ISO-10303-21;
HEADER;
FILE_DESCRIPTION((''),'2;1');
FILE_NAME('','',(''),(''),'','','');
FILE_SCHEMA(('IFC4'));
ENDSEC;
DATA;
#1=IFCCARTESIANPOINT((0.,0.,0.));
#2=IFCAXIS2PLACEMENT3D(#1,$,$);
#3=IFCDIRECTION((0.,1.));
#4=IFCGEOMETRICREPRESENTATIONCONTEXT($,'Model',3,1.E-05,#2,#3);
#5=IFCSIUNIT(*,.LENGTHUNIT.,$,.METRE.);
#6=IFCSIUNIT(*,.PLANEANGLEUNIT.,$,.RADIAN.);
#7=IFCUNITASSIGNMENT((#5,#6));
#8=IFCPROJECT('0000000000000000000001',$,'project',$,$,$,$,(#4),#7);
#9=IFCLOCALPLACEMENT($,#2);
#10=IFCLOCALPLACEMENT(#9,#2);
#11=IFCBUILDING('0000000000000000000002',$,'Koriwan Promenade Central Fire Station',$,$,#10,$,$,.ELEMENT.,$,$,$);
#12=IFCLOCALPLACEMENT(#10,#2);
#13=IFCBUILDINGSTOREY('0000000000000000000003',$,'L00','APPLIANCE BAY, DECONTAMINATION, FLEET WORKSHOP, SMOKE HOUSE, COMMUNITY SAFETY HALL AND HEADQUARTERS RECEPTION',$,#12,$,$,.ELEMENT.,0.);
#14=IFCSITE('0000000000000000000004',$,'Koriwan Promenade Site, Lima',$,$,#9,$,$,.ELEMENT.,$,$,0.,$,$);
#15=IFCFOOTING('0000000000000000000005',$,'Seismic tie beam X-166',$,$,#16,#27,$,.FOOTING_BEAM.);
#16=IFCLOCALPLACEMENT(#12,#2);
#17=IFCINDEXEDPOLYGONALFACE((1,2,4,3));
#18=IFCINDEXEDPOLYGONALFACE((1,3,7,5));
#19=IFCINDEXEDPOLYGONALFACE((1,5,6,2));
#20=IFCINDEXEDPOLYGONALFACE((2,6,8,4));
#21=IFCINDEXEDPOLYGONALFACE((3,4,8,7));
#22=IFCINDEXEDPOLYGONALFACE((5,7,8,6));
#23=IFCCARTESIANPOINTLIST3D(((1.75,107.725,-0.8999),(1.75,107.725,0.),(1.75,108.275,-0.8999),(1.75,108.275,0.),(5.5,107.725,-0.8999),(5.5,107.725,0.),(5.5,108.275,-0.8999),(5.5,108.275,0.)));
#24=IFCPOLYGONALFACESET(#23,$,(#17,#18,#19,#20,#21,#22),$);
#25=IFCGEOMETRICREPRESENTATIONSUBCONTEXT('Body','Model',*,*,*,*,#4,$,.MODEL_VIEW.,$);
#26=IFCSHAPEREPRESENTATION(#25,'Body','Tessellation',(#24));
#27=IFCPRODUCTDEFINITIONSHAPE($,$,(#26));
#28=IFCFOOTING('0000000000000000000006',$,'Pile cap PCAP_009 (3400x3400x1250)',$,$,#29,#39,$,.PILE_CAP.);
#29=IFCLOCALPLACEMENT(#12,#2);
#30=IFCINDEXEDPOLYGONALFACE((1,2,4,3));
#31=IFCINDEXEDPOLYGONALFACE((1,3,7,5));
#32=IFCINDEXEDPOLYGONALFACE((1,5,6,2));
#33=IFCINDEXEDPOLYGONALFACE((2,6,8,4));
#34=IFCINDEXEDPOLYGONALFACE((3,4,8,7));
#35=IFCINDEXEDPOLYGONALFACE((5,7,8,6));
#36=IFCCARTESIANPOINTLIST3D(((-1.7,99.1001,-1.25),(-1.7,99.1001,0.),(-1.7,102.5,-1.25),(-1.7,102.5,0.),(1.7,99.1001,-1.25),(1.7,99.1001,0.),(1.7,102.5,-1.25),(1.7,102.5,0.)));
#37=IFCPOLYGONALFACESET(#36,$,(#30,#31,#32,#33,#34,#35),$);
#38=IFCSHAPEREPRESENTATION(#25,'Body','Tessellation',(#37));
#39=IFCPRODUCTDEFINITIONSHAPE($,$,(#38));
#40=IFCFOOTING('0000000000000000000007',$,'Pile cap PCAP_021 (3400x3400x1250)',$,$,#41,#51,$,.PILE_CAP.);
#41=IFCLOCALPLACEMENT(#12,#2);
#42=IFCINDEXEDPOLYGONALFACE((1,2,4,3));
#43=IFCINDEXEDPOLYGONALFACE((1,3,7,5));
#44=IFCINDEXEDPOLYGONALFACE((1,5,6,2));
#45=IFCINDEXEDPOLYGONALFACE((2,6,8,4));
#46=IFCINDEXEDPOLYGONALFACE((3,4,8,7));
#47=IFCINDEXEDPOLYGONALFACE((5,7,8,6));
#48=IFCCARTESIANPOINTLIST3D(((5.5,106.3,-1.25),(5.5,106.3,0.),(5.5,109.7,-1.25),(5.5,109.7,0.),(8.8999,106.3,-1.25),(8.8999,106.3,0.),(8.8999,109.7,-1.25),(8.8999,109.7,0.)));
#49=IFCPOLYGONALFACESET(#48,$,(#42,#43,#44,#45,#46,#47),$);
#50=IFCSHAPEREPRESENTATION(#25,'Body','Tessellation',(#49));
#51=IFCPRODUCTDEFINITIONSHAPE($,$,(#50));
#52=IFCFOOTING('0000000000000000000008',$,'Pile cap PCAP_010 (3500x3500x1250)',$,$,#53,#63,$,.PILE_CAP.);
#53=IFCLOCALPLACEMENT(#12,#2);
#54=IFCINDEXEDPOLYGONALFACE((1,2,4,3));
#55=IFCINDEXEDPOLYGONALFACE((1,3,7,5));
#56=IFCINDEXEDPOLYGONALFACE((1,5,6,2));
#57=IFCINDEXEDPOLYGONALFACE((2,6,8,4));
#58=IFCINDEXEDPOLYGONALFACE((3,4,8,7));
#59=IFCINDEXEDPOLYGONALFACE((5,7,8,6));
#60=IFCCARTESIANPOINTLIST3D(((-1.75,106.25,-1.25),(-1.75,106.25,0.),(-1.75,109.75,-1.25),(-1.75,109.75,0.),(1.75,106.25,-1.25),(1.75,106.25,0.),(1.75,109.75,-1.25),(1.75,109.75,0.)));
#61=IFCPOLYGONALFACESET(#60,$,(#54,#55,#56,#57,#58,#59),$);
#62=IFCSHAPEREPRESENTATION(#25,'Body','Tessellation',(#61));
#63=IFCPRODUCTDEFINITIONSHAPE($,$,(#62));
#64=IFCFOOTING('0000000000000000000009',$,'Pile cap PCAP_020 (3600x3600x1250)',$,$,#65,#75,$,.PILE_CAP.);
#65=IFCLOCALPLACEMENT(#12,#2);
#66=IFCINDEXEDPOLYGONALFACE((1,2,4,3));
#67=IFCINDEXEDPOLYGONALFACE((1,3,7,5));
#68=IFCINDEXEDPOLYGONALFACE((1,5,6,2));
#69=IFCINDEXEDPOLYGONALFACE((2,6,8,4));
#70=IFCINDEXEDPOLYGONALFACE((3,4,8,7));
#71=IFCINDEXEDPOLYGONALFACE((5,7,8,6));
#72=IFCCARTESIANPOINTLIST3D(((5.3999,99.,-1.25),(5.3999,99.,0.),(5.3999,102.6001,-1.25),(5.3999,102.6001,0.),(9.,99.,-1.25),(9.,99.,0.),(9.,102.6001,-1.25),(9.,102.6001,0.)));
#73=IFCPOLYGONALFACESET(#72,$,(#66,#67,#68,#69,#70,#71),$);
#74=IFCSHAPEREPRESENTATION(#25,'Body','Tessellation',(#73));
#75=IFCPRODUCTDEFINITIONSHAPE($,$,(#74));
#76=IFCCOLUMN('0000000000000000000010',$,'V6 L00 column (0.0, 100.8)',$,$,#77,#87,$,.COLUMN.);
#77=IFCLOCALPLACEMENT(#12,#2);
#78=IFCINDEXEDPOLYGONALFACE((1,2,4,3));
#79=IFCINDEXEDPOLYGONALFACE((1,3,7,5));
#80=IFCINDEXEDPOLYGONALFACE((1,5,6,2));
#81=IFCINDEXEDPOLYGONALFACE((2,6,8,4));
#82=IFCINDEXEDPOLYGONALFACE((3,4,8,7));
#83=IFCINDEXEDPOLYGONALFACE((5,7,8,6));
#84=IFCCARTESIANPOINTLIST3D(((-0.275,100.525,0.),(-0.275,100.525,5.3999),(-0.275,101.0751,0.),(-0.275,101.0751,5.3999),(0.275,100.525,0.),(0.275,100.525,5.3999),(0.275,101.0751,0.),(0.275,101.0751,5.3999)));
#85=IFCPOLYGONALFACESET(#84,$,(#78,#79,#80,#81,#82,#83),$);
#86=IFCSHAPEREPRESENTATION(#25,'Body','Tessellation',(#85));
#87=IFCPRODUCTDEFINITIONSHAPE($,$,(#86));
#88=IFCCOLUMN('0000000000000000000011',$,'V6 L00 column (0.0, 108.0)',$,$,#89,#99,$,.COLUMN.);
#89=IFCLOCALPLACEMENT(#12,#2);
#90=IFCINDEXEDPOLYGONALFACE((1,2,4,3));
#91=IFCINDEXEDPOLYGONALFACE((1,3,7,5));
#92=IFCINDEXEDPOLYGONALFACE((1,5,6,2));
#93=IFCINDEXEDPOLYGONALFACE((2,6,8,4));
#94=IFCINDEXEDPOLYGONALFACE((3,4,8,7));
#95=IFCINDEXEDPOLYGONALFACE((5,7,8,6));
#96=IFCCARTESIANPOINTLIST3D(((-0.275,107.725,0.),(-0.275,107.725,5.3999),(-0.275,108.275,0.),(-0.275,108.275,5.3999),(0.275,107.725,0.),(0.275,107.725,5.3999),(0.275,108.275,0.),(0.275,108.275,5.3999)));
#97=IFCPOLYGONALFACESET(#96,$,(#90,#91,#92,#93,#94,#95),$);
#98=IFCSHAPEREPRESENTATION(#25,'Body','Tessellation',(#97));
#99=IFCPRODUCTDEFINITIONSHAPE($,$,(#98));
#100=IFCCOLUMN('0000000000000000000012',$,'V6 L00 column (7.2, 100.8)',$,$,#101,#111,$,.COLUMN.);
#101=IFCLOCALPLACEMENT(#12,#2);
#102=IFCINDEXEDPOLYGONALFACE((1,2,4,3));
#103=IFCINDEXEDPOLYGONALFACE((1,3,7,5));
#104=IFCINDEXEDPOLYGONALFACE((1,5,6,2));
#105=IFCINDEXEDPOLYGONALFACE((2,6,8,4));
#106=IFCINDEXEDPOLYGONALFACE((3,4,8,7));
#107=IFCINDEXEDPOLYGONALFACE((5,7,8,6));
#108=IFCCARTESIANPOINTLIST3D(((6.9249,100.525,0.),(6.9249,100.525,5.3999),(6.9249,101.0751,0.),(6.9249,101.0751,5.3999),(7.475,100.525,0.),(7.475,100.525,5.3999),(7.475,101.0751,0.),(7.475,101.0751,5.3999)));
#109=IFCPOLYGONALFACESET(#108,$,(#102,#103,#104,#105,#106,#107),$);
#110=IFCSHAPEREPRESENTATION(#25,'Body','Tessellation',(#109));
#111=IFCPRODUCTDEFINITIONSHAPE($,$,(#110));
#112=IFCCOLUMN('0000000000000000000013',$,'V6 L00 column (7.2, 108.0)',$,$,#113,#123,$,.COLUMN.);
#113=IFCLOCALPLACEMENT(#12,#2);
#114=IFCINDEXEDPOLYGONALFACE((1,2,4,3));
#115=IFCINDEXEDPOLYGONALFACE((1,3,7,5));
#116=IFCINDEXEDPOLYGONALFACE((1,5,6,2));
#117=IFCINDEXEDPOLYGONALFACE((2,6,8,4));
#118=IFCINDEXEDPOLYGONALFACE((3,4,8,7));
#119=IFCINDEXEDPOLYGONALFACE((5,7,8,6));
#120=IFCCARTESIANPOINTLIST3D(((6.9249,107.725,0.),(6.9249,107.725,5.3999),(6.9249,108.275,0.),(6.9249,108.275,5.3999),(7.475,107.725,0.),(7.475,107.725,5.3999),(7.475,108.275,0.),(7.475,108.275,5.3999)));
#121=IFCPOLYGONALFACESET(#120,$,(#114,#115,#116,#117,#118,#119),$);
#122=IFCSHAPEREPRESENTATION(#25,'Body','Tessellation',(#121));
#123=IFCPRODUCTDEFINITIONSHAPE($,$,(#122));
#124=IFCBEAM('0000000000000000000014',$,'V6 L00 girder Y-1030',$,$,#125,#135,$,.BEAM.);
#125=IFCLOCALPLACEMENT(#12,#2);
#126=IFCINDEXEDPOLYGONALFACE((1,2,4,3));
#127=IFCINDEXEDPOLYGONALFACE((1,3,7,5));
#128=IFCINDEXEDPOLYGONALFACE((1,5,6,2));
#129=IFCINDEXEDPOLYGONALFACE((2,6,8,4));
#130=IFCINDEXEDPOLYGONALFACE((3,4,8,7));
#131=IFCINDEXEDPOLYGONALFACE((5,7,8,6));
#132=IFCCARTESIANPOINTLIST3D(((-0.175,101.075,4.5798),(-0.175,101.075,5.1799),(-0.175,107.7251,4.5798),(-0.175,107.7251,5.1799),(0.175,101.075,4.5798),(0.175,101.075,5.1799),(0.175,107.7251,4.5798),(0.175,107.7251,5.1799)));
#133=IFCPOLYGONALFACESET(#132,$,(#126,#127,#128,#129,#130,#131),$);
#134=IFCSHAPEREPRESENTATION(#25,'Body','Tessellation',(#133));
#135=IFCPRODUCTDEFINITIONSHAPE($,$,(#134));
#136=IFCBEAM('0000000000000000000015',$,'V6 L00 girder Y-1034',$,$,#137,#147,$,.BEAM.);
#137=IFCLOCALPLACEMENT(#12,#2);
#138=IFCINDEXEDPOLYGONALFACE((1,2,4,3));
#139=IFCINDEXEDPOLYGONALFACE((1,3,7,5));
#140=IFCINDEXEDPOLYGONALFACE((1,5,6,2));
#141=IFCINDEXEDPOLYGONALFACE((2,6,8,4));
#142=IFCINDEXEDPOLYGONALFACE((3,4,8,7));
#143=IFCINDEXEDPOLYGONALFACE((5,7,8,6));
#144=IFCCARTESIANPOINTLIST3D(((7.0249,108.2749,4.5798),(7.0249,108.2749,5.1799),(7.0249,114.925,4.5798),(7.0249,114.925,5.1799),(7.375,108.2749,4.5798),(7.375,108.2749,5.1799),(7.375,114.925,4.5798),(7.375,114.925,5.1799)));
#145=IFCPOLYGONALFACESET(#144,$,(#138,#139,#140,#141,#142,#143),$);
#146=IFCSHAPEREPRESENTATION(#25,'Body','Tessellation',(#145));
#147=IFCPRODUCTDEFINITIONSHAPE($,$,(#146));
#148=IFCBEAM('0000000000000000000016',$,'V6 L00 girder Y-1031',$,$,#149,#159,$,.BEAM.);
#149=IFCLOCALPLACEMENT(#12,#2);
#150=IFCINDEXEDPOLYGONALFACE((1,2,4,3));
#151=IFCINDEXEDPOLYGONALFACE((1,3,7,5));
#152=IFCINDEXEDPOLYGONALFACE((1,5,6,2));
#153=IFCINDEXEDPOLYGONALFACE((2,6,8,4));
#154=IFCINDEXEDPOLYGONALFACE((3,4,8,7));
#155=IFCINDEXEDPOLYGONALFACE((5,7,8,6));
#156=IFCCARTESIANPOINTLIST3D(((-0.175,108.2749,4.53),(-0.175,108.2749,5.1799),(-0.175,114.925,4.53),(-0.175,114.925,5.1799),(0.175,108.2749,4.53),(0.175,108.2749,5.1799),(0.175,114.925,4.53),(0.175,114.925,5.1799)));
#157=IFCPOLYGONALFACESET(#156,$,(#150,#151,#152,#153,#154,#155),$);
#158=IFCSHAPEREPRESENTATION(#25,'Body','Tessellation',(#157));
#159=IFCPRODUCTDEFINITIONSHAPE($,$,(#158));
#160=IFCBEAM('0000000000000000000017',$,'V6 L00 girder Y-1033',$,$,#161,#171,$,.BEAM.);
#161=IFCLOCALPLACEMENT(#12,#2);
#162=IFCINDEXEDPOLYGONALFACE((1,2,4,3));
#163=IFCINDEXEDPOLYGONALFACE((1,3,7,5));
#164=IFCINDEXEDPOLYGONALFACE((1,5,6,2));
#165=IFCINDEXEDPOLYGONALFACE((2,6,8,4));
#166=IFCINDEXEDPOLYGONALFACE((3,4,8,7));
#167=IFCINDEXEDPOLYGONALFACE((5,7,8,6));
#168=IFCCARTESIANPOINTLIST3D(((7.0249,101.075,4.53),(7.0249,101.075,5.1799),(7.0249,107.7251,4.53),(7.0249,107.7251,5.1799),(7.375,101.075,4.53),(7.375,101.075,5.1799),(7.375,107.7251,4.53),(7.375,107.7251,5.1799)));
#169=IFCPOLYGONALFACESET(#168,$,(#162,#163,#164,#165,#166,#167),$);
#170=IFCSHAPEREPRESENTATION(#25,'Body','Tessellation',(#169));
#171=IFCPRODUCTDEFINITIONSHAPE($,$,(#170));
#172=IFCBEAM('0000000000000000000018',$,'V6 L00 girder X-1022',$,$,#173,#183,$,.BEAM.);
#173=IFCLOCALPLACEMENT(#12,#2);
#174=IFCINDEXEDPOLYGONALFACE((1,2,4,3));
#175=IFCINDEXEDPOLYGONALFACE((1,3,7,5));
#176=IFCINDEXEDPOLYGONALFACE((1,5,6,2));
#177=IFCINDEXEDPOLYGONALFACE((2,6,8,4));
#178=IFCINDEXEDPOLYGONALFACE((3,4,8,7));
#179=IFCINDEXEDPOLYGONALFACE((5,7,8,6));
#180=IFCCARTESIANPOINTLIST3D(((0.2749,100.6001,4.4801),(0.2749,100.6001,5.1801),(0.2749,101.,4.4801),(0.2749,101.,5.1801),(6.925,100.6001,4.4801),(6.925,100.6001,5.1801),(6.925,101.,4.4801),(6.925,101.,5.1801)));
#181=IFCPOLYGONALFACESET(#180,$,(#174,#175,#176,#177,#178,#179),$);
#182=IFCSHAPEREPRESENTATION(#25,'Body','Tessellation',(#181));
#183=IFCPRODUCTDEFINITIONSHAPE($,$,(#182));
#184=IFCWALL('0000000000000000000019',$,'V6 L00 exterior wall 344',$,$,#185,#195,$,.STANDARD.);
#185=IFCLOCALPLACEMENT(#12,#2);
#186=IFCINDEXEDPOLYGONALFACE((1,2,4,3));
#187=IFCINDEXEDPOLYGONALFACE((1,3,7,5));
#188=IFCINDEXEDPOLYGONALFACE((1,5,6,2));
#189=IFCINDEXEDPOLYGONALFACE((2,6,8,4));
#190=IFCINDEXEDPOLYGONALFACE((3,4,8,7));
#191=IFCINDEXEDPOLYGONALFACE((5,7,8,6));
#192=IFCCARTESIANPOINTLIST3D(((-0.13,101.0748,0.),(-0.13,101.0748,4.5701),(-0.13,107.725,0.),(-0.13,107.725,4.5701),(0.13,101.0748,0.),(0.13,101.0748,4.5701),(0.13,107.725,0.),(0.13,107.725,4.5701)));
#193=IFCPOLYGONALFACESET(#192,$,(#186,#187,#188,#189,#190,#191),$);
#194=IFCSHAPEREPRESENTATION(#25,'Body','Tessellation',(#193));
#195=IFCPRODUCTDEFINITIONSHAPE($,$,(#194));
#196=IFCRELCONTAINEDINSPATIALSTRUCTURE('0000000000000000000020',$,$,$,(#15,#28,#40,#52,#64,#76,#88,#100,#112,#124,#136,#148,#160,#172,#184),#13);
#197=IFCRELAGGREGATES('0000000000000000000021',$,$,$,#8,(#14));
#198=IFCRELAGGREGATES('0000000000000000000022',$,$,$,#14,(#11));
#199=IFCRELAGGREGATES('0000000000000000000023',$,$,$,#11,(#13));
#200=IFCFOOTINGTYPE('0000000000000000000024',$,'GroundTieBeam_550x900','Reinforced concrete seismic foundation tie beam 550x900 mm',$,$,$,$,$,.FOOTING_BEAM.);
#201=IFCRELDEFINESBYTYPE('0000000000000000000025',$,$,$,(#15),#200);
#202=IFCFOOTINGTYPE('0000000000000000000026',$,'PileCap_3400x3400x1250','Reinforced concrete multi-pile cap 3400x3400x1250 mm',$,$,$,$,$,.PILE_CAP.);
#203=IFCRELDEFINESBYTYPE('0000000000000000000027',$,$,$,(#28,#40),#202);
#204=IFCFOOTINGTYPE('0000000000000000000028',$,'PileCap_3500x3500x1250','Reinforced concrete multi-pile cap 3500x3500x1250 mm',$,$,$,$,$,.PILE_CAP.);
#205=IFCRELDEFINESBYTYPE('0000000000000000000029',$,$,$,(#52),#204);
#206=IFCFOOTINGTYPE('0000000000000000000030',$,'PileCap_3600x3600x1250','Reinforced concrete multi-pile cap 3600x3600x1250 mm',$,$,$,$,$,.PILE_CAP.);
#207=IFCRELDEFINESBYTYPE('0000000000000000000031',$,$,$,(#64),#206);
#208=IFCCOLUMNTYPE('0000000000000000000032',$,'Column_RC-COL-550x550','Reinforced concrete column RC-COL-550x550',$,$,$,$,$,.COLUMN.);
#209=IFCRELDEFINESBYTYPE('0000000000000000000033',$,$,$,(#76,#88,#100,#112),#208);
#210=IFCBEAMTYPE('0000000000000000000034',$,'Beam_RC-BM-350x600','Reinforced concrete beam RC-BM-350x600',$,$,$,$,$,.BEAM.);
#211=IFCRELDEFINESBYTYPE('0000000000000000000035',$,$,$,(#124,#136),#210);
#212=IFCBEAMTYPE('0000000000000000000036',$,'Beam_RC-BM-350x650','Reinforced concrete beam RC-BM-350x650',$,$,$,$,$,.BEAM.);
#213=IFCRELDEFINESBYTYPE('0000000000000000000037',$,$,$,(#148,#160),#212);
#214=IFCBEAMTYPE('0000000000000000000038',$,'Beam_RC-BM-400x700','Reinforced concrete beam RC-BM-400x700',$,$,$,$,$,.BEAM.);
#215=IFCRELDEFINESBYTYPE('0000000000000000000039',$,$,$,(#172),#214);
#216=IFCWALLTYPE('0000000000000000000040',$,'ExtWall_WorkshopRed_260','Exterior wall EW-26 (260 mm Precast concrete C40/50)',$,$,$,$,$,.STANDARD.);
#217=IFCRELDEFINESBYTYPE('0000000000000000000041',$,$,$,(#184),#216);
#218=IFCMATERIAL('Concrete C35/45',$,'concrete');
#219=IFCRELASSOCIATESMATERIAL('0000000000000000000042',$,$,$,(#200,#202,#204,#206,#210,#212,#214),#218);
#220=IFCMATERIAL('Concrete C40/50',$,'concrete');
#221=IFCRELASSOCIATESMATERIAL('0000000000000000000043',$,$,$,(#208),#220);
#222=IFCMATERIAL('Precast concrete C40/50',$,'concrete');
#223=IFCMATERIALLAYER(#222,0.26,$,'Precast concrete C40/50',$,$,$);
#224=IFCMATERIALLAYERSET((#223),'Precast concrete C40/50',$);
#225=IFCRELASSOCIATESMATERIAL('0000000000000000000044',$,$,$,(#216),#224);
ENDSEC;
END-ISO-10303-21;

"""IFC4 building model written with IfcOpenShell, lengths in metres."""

from ifc_helpers import new_model, si_unit, direction, frame, frame_2d, origin, origin_2d, place, context, subcontext, project, spatial, rectangle, extrude, material, layer, layer_set, material_profile, profile_set, type_object, element, save


model = new_model("IFC4")

# Units and contexts
model_context = context("Model", 3, precision=1e-05, world=origin(), true_north=direction((0.0, 1.0)))
body_context = subcontext(model_context, "Body", "Model", "MODEL_VIEW")
ifc_project = project(units=[si_unit("LENGTHUNIT", "METRE"), si_unit("PLANEANGLEUNIT", "RADIAN")], contexts=[model_context])

# Site, building, storey
site_placement = place(None, origin())
site = spatial("IfcSite", under=ifc_project, at=site_placement, Name="Koriwan Promenade Site, Lima", CompositionType="ELEMENT", RefElevation=0.0)
building_placement = place(site_placement, origin())
building = spatial("IfcBuilding", under=site, at=building_placement, Name="Koriwan Promenade Central Fire Station", CompositionType="ELEMENT")
storey_placement = place(building_placement, origin())
storey = spatial("IfcBuildingStorey", under=building, at=storey_placement, Name="L00", Description="APPLIANCE BAY, DECONTAMINATION, FLEET WORKSHOP, SMOKE HOUSE, COMMUNITY SAFETY HALL AND HEADQUARTERS RECEPTION", CompositionType="ELEMENT", Elevation=0.0)

# Shared definitions
ifc_material_1 = material(Name="Concrete C35/45", Category="concrete")

# Footings
footing_type_1 = type_object("IfcFootingType", Name="GroundTieBeam_550x900", Description="Reinforced concrete seismic foundation tie beam 550x900 mm", PredefinedType="FOOTING_BEAM", material=ifc_material_1)
footing_1_placement = place(storey_placement, frame((3.625, 108.0, -0.8999), z_axis=(0.0, 0.0, 1.0), x_axis=(1.0, 0.0, 0.0)))
element("IfcFooting", 1, at=footing_1_placement, inside=storey, type_object=footing_type_1, Name="Seismic tie beam X-166", PredefinedType="FOOTING_BEAM", context=body_context, shape_type="SweptSolid", body=[
    extrude(rectangle(XDim=3.75, YDim=0.55, at=origin_2d()), origin(), (0.0, 0.0, 1.0), 0.8999),
])
footing_type_2 = type_object("IfcFootingType", Name="PileCap_3400x3400x1250", Description="Reinforced concrete multi-pile cap 3400x3400x1250 mm", PredefinedType="PILE_CAP", material=ifc_material_1)
for number, where, z_axis, x_axis, name in (
    (2, (0.0, 100.8, -1.25), (0.0, 0.0, 1.0), (1.0, 0.0, 0.0), "Pile cap PCAP_009 (3400x3400x1250)"),
    (3, (7.2, 108.0, -1.25), (0.0, 0.0, 1.0), (1.0, 0.0, 0.0), "Pile cap PCAP_021 (3400x3400x1250)"),
):
    element("IfcFooting", number, at=place(storey_placement, frame(where, z_axis=z_axis, x_axis=x_axis)), inside=storey, type_object=footing_type_2, Name=name, PredefinedType="PILE_CAP", context=body_context, shape_type="SweptSolid", body=[
        extrude(rectangle(XDim=3.3999, YDim=3.3999, at=origin_2d()), origin(), (0.0, 0.0, 1.0), 1.25),
    ])
footing_type_3 = type_object("IfcFootingType", Name="PileCap_3500x3500x1250", Description="Reinforced concrete multi-pile cap 3500x3500x1250 mm", PredefinedType="PILE_CAP", material=ifc_material_1)
footing_2_placement = place(storey_placement, frame((0.0, 108.0, -1.25), z_axis=(0.0, 0.0, 1.0), x_axis=(1.0, 0.0, 0.0)))
element("IfcFooting", 4, at=footing_2_placement, inside=storey, type_object=footing_type_3, Name="Pile cap PCAP_010 (3500x3500x1250)", PredefinedType="PILE_CAP", context=body_context, shape_type="SweptSolid", body=[
    extrude(rectangle(XDim=3.5, YDim=3.5, at=origin_2d()), origin(), (0.0, 0.0, 1.0), 1.25),
])
footing_type_4 = type_object("IfcFootingType", Name="PileCap_3600x3600x1250", Description="Reinforced concrete multi-pile cap 3600x3600x1250 mm", PredefinedType="PILE_CAP", material=ifc_material_1)
footing_3_placement = place(storey_placement, frame((7.2, 100.8, -1.25), z_axis=(0.0, 0.0, 1.0), x_axis=(1.0, 0.0, 0.0)))
element("IfcFooting", 5, at=footing_3_placement, inside=storey, type_object=footing_type_4, Name="Pile cap PCAP_020 (3600x3600x1250)", PredefinedType="PILE_CAP", context=body_context, shape_type="SweptSolid", body=[
    extrude(rectangle(XDim=3.6001, YDim=3.6001, at=origin_2d()), origin(), (0.0, 0.0, 1.0), 1.25),
])

# Columns
ifc_material_2 = material(Name="Concrete C40/50", Category="concrete")
ifc_material_profile_1 = material_profile(ifc_material_2, rectangle(XDim=0.55, YDim=0.55, at=origin_2d()), Name="RC-COL-550x550")
ifc_profile_set_1 = profile_set([ifc_material_profile_1], Name="Concrete C40/50")
column_type = type_object("IfcColumnType", Name="Column_RC-COL-550x550", Description="Reinforced concrete column RC-COL-550x550", PredefinedType="COLUMN", material=ifc_profile_set_1)
for number, where, z_axis, x_axis, name in (
    (6, (0.0, 100.8, 0.0), (0.0, 0.0, 1.0), (1.0, 0.0, 0.0), "V6 L00 column (0.0, 100.8)"),
    (7, (0.0, 108.0, 0.0), (0.0, 0.0, 1.0), (1.0, 0.0, 0.0), "V6 L00 column (0.0, 108.0)"),
    (8, (7.2, 100.8, 0.0), (0.0, 0.0, 1.0), (1.0, 0.0, 0.0), "V6 L00 column (7.2, 100.8)"),
    (9, (7.2, 108.0, 0.0), (0.0, 0.0, 1.0), (1.0, 0.0, 0.0), "V6 L00 column (7.2, 108.0)"),
):
    element("IfcColumn", number, at=place(storey_placement, frame(where, z_axis=z_axis, x_axis=x_axis)), inside=storey, type_object=column_type, Name=name, PredefinedType="COLUMN", context=body_context, shape_type="SweptSolid", body=[
        extrude(rectangle(XDim=0.55, YDim=0.55, at=origin_2d()), origin(), (0.0, 0.0, 1.0), 5.3999),
    ])

# Beams
ifc_material_profile_2 = material_profile(ifc_material_1, rectangle(XDim=0.3501, YDim=0.6001, at=origin_2d()), Name="RC-BM-350x600")
ifc_profile_set_2 = profile_set([ifc_material_profile_2], Name="Concrete C35/45")
beam_type_1 = type_object("IfcBeamType", Name="Beam_RC-BM-350x600", Description="Reinforced concrete beam RC-BM-350x600", PredefinedType="BEAM", material=ifc_profile_set_2)
for number, where, z_axis, x_axis, name in (
    (10, (0.0, 101.075, 4.8799), (0.0, 1.0, 0.0), (-1.0, 0.0, 0.0), "V6 L00 girder Y-1030"),
    (11, (7.2, 108.2749, 4.8799), (0.0, 1.0, 0.0), (-1.0, 0.0, 0.0), "V6 L00 girder Y-1034"),
):
    element("IfcBeam", number, at=place(storey_placement, frame(where, z_axis=z_axis, x_axis=x_axis)), inside=storey, type_object=beam_type_1, Name=name, PredefinedType="BEAM", context=body_context, shape_type="SweptSolid", body=[
        extrude(rectangle(XDim=0.3501, YDim=0.6001, at=origin_2d()), origin(), (0.0, 0.0, 1.0), 6.6501),
    ])
ifc_material_profile_3 = material_profile(ifc_material_1, rectangle(XDim=0.3501, YDim=0.6499, at=origin_2d()), Name="RC-BM-350x650")
ifc_profile_set_3 = profile_set([ifc_material_profile_3], Name="Concrete C35/45")
beam_type_2 = type_object("IfcBeamType", Name="Beam_RC-BM-350x650", Description="Reinforced concrete beam RC-BM-350x650", PredefinedType="BEAM", material=ifc_profile_set_3)
for number, where, z_axis, x_axis, name in (
    (12, (0.0, 108.2749, 4.855), (0.0, 1.0, 0.0), (-1.0, 0.0, 0.0), "V6 L00 girder Y-1031"),
    (13, (7.2, 101.075, 4.855), (0.0, 1.0, 0.0), (-1.0, 0.0, 0.0), "V6 L00 girder Y-1033"),
):
    element("IfcBeam", number, at=place(storey_placement, frame(where, z_axis=z_axis, x_axis=x_axis)), inside=storey, type_object=beam_type_2, Name=name, PredefinedType="BEAM", context=body_context, shape_type="SweptSolid", body=[
        extrude(rectangle(XDim=0.3501, YDim=0.6499, at=origin_2d()), origin(), (0.0, 0.0, 1.0), 6.6501),
    ])
ifc_material_profile_4 = material_profile(ifc_material_1, rectangle(XDim=0.3999, YDim=0.7, at=origin_2d()), Name="RC-BM-400x700")
ifc_profile_set_4 = profile_set([ifc_material_profile_4], Name="Concrete C35/45")
beam_type_3 = type_object("IfcBeamType", Name="Beam_RC-BM-400x700", Description="Reinforced concrete beam RC-BM-400x700", PredefinedType="BEAM", material=ifc_profile_set_4)
beam_placement = place(storey_placement, frame((0.2749, 100.8, 4.8301), z_axis=(1.0, 0.0, 0.0), x_axis=(0.0, 1.0, 0.0)))
element("IfcBeam", 14, at=beam_placement, inside=storey, type_object=beam_type_3, Name="V6 L00 girder X-1022", PredefinedType="BEAM", context=body_context, shape_type="SweptSolid", body=[
    extrude(rectangle(XDim=0.3999, YDim=0.7, at=origin_2d()), origin(), (0.0, 0.0, 1.0), 6.6501),
])

# Wall
ifc_material_3 = material(Name="Precast concrete C40/50", Category="concrete")
ifc_layer_1 = layer(ifc_material_3, 0.26, Name="Precast concrete C40/50")
ifc_layer_set_1 = layer_set([ifc_layer_1], Name="Precast concrete C40/50")
wall_type_1 = type_object("IfcWallType", Name="ExtWall_WorkshopRed_260", Description="Exterior wall EW-26 (260 mm Precast concrete C40/50)", PredefinedType="STANDARD", material=ifc_layer_set_1)
wall_1_placement = place(storey_placement, frame((0.0, 107.7251, 0.0), z_axis=(0.0, 0.0, 1.0), x_axis=(0.0, -1.0, 0.0)))
element("IfcWall", 15, at=wall_1_placement, inside=storey, type_object=wall_type_1, Name="V6 L00 exterior wall 344", PredefinedType="STANDARD", context=body_context, shape_type="SweptSolid", body=[
    extrude(rectangle(XDim=6.6501, YDim=0.26, at=frame_2d((3.3252, 0.0))), origin(), (0.0, 0.0, 1.0), 4.5701),
])

save(model, "model.ifc")
